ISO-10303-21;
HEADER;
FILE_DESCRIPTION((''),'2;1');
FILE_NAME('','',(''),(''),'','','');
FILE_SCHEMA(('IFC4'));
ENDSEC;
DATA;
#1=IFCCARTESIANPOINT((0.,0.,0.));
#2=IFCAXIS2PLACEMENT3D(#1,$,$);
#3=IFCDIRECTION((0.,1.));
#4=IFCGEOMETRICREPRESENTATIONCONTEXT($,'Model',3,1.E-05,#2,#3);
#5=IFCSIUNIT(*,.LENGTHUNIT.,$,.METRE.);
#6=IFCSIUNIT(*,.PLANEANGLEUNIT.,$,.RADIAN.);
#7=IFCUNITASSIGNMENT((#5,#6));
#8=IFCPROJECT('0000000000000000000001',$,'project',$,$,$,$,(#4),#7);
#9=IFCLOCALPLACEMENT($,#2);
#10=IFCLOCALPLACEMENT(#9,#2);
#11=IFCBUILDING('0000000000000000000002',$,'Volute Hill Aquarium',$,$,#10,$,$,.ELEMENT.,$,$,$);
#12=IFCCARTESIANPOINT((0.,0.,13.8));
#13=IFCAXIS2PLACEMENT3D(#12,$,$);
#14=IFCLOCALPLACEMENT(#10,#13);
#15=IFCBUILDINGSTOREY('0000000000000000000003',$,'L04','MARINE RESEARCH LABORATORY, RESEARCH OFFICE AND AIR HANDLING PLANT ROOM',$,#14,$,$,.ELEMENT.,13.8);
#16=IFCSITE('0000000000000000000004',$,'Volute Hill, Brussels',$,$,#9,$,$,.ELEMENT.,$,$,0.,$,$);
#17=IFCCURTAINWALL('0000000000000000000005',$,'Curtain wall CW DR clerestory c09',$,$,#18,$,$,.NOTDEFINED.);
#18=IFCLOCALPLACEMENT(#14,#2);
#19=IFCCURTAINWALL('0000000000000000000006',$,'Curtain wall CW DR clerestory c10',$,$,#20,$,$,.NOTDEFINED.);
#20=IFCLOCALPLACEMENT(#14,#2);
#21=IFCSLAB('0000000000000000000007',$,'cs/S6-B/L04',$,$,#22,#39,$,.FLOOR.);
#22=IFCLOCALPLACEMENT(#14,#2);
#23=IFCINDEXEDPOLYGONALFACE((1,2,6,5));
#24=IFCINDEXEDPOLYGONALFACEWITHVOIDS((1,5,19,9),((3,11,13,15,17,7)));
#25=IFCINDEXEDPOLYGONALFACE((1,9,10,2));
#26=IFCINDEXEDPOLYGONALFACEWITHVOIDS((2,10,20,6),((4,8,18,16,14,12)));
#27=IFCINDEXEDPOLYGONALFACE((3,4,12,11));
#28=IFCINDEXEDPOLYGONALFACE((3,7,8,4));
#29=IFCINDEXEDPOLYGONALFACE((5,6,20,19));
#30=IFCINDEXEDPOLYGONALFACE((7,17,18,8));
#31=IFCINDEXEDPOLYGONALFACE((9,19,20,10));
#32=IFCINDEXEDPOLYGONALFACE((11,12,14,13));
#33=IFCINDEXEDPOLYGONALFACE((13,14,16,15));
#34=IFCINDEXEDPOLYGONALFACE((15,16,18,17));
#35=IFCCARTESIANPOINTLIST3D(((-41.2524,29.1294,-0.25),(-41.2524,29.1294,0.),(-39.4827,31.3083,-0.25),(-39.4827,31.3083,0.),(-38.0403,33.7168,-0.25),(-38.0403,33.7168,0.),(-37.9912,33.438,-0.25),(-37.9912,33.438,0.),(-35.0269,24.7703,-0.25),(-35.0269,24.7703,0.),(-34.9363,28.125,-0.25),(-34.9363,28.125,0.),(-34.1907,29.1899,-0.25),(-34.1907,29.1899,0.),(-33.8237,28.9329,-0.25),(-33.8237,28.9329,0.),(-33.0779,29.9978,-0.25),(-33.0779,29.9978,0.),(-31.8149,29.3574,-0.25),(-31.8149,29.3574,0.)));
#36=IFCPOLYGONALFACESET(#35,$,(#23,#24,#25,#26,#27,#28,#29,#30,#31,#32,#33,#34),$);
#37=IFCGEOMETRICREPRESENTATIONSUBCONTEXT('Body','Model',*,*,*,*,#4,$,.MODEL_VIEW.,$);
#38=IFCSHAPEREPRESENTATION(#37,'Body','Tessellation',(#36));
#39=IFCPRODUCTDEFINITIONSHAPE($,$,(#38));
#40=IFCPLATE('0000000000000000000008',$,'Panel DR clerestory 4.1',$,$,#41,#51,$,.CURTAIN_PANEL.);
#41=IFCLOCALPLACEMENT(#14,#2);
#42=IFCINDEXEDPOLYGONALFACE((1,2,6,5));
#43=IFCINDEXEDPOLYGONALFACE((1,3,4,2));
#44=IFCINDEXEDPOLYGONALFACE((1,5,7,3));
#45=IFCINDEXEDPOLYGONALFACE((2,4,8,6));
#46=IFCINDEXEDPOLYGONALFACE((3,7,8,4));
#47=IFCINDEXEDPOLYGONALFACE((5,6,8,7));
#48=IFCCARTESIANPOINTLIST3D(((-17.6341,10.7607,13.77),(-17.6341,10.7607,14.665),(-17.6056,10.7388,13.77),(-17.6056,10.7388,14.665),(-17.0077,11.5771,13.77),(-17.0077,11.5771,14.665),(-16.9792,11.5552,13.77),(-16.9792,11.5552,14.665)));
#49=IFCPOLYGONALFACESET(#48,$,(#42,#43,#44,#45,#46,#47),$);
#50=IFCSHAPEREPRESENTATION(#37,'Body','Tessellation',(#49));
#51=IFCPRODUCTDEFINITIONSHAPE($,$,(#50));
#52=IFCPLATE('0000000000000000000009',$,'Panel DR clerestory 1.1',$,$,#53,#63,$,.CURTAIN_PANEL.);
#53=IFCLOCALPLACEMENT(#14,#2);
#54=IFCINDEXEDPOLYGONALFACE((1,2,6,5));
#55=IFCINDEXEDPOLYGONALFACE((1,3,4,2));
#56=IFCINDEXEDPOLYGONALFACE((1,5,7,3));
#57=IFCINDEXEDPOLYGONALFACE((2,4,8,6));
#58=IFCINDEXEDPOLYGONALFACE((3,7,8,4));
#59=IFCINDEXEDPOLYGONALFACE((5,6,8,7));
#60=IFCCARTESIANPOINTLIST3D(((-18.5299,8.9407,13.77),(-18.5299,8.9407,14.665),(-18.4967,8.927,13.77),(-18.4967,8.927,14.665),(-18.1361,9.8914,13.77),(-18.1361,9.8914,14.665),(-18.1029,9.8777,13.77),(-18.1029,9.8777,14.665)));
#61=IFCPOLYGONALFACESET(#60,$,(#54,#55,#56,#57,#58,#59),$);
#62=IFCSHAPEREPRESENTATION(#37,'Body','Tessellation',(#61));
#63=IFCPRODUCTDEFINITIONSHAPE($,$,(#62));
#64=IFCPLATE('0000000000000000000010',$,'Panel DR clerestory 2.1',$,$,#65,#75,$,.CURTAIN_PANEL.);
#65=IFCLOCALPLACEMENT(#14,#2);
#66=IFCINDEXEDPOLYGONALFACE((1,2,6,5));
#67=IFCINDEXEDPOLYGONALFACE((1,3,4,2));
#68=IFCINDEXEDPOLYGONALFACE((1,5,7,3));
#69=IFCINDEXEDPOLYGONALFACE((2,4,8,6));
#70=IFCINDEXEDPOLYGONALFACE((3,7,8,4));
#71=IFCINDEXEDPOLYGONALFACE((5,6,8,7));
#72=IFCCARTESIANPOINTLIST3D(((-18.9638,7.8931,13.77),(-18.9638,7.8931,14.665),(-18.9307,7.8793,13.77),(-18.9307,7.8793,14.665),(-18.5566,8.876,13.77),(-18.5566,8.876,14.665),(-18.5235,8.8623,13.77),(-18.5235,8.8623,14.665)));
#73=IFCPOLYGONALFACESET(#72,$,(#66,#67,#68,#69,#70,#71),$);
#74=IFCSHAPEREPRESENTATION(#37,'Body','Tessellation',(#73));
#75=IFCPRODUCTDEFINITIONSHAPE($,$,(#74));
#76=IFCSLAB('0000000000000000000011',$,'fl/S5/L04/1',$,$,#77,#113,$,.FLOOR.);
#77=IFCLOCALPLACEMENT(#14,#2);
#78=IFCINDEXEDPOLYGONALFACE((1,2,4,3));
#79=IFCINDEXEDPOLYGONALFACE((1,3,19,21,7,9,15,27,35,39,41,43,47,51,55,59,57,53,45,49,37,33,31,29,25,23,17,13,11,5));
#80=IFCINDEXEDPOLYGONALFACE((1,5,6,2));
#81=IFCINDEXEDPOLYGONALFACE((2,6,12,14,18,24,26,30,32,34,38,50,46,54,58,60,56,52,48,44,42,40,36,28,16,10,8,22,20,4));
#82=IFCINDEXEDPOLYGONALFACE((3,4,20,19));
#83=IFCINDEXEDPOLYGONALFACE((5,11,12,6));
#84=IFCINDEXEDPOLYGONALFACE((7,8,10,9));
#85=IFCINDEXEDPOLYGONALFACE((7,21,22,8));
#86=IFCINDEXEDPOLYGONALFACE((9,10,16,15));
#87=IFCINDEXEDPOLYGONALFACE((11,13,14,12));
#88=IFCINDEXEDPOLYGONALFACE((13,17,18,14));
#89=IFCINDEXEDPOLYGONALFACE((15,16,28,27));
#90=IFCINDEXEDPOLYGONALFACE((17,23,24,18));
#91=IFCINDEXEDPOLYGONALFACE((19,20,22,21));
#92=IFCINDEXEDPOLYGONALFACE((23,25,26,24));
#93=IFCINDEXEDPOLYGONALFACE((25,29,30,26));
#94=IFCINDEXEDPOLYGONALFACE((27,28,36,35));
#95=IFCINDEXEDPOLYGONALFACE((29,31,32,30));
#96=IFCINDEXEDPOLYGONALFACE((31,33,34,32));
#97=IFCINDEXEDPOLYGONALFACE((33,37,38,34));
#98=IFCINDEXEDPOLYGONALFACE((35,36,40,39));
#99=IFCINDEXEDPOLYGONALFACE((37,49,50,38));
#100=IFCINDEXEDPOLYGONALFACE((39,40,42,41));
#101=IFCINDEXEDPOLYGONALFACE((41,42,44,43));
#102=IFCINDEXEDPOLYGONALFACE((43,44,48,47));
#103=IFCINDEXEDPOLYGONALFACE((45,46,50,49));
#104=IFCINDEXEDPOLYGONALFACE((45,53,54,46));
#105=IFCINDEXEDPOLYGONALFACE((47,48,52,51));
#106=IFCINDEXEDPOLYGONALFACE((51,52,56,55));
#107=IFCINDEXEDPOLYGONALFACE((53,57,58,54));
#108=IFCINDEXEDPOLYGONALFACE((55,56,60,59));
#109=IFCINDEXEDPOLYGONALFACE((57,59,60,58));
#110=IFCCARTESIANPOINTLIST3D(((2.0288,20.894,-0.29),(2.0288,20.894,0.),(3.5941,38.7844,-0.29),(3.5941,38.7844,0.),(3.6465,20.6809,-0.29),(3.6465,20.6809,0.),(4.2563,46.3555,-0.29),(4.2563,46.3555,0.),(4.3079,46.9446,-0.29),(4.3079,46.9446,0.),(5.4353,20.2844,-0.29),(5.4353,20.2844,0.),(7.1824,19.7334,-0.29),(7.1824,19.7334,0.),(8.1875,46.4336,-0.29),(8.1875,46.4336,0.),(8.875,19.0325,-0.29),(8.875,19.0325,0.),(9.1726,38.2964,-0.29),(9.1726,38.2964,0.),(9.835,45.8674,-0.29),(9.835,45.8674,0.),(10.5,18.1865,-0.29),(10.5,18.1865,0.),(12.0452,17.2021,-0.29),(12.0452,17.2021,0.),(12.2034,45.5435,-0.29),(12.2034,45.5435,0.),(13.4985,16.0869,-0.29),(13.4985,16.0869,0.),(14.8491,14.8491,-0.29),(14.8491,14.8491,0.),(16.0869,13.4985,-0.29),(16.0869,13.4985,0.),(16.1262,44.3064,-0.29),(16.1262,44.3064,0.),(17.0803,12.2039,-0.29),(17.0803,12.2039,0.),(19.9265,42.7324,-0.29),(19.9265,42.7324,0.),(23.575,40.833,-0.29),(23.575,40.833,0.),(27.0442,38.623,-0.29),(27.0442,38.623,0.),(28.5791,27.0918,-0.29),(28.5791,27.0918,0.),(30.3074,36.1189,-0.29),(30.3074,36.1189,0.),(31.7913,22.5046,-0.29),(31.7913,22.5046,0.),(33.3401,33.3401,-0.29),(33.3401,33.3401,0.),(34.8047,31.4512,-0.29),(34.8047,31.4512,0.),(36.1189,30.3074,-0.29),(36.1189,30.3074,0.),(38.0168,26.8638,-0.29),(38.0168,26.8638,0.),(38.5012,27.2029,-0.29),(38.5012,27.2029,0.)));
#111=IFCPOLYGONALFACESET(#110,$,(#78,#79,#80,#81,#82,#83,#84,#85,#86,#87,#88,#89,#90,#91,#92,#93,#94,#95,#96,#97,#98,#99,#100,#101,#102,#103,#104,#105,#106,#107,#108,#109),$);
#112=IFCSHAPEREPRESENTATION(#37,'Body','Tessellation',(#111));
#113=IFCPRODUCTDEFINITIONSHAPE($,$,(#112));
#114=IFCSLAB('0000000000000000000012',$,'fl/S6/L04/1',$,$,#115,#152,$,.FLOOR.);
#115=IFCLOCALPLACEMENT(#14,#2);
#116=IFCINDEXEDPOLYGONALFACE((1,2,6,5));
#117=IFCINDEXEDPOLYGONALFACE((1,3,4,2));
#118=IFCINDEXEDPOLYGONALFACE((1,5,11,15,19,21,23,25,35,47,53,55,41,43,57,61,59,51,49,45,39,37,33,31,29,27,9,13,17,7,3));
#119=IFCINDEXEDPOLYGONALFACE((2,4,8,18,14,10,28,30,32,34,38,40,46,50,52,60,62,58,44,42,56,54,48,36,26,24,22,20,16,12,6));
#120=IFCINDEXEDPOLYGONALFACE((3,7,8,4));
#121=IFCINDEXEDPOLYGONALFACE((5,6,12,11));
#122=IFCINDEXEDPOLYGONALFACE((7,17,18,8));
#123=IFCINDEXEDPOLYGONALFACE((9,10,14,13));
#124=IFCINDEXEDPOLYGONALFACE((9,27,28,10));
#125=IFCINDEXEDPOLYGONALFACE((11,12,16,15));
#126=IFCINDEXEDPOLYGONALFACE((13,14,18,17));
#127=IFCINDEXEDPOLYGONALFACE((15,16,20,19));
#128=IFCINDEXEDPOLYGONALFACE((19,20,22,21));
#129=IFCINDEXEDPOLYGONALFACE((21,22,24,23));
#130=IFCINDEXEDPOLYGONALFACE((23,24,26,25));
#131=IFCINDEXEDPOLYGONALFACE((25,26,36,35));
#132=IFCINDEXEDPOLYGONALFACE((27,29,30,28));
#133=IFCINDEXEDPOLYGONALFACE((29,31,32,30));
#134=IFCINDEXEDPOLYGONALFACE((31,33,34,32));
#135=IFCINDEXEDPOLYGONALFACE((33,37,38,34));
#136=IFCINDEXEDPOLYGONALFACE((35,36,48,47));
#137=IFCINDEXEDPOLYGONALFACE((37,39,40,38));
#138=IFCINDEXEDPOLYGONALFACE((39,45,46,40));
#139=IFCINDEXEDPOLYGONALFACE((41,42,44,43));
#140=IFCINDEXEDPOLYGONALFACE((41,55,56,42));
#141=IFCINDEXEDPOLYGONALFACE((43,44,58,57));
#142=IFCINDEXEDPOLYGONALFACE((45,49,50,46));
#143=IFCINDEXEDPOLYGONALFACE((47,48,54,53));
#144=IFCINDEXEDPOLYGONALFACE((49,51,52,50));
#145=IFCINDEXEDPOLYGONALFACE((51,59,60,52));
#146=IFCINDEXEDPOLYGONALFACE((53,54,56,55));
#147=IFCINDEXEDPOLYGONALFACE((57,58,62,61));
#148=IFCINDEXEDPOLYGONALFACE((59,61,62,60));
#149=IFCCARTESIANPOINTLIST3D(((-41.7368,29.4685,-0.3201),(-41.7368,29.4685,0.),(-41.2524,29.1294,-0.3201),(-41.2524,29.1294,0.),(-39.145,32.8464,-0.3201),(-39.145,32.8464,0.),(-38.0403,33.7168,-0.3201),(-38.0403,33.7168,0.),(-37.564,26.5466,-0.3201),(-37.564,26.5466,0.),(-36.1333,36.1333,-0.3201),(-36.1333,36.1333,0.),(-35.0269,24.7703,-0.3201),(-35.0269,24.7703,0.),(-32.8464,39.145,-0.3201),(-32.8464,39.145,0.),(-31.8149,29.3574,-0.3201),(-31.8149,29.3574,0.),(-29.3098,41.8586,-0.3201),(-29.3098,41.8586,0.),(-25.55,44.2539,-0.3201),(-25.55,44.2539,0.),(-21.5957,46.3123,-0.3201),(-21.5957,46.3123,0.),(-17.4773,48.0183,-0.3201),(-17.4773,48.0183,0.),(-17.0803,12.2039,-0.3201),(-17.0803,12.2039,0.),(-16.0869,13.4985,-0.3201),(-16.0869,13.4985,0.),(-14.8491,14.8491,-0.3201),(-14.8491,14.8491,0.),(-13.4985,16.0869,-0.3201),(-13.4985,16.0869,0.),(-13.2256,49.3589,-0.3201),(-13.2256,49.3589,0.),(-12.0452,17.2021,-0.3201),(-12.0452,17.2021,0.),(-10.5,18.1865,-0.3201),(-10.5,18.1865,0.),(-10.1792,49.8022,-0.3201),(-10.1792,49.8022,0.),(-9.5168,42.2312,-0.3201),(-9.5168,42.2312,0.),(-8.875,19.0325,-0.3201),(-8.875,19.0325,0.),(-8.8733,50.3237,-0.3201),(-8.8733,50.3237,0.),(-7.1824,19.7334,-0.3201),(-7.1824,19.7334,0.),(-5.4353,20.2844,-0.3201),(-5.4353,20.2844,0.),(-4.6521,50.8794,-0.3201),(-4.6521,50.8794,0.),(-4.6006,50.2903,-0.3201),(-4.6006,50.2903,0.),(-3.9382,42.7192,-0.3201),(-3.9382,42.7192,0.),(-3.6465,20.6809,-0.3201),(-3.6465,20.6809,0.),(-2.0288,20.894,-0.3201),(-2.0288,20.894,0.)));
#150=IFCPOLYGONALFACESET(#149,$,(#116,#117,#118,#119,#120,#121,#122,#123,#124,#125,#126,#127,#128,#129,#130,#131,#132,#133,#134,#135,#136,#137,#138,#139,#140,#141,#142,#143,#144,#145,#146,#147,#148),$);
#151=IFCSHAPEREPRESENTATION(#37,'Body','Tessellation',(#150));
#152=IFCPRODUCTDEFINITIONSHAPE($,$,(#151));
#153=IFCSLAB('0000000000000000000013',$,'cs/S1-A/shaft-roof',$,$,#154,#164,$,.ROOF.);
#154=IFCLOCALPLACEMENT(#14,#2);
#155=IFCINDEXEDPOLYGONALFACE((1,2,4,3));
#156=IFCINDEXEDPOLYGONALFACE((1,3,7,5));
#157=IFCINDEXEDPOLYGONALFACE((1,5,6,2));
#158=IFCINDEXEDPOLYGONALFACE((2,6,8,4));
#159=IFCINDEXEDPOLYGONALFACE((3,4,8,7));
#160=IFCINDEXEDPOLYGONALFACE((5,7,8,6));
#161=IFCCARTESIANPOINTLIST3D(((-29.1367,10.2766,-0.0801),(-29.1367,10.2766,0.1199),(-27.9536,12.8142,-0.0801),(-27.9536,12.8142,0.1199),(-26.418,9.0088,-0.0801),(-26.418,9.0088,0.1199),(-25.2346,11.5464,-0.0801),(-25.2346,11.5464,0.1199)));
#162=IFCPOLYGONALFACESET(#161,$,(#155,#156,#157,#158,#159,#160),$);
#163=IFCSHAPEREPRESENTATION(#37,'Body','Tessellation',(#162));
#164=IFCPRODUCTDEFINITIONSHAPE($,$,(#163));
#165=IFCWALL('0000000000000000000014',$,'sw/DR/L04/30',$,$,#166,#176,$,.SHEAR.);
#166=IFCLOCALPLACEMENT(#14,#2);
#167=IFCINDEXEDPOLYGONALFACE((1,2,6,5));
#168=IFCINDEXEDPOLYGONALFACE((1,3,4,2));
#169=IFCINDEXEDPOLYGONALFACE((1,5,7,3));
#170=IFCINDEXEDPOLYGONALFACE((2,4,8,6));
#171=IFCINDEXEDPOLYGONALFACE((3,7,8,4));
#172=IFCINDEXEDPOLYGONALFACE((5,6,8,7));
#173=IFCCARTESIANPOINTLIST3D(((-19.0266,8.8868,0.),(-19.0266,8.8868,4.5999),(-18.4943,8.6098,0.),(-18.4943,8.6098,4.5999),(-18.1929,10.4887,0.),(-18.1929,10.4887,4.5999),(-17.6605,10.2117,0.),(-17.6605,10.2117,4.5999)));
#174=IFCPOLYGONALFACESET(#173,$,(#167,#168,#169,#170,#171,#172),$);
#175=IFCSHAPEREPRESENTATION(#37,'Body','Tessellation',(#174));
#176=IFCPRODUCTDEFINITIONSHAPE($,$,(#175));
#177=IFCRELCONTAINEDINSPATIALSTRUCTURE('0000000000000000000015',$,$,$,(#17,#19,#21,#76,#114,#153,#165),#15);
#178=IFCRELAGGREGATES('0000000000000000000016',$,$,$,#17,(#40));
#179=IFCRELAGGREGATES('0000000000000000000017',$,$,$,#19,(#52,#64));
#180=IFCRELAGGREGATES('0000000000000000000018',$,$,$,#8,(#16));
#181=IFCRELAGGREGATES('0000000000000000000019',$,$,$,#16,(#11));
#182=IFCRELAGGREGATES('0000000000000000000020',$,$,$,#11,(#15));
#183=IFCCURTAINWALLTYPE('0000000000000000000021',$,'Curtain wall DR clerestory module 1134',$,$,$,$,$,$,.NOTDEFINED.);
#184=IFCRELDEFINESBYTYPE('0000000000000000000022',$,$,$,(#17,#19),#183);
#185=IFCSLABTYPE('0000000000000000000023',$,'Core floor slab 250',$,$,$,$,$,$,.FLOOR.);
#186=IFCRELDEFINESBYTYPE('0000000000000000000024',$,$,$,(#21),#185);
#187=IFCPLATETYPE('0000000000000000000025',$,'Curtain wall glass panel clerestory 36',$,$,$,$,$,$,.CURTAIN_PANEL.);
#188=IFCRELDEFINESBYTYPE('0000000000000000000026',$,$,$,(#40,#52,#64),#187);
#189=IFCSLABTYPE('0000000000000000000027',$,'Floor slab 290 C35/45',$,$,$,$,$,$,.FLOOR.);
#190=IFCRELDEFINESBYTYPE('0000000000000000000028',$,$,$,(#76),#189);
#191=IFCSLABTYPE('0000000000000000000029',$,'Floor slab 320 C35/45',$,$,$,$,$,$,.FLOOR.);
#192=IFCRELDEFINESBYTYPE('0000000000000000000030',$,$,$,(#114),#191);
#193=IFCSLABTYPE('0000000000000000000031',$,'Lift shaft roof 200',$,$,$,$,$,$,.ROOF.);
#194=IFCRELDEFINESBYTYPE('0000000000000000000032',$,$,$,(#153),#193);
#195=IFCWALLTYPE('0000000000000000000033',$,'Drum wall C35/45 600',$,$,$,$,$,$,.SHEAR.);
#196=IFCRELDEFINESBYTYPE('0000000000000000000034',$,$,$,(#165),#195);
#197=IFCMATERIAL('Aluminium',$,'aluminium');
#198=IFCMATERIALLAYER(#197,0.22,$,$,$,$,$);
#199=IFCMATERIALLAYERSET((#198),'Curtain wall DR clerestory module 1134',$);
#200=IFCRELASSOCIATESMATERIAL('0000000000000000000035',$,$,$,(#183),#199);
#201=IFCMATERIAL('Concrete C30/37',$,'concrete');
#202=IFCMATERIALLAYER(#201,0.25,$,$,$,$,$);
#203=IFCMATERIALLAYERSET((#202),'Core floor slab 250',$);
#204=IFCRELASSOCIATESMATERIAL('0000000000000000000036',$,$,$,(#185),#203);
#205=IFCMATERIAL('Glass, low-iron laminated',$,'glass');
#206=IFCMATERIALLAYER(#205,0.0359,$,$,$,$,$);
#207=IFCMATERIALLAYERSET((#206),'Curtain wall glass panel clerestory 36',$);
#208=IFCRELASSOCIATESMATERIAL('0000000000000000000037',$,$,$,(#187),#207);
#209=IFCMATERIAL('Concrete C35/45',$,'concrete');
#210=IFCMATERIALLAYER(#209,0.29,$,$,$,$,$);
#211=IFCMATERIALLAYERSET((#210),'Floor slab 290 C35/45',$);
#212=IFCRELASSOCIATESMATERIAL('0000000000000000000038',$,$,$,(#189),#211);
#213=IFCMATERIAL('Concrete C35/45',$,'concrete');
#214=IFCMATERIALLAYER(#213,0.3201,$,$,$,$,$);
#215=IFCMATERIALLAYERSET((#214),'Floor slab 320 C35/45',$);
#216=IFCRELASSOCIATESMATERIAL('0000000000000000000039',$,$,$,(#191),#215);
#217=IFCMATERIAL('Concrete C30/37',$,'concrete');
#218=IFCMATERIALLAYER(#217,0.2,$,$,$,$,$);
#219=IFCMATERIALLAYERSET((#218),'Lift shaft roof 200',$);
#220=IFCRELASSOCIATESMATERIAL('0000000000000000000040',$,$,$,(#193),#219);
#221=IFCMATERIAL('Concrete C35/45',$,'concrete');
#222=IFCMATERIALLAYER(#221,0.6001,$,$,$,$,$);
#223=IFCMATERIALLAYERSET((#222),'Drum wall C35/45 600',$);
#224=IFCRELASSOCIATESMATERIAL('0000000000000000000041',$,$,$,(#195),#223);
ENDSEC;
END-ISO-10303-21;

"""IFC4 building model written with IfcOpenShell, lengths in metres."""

from ifc_helpers import new_model, si_unit, direction, frame, frame_2d, origin, origin_2d, place, context, subcontext, project, spatial, polyline, rectangle, outline, extrude, material, layer, layer_set, type_object, element, aggregate, save


model = new_model("IFC4")

# Units and contexts
model_context = context("Model", 3, precision=1e-05, world=origin(), true_north=direction((0.0, 1.0)))
body_context = subcontext(model_context, "Body", "Model", "MODEL_VIEW")
ifc_project = project(units=[si_unit("LENGTHUNIT", "METRE"), si_unit("PLANEANGLEUNIT", "RADIAN")], contexts=[model_context])

# Site, building, storey
site_placement = place(None, origin())
site = spatial("IfcSite", under=ifc_project, at=site_placement, Name="Volute Hill, Brussels", CompositionType="ELEMENT", RefElevation=0.0)
building_placement = place(site_placement, origin())
building = spatial("IfcBuilding", under=site, at=building_placement, Name="Volute Hill Aquarium", CompositionType="ELEMENT")
storey_placement = place(building_placement, frame((0.0, 0.0, 13.8)))
storey = spatial("IfcBuildingStorey", under=building, at=storey_placement, Name="L04", Description="MARINE RESEARCH LABORATORY, RESEARCH OFFICE AND AIR HANDLING PLANT ROOM", CompositionType="ELEMENT", Elevation=13.8)

# Curtain wall
ifc_material_1 = material(Name="Aluminium", Category="aluminium")
ifc_layer_1 = layer(ifc_material_1, 0.22)
ifc_layer_set_1 = layer_set([ifc_layer_1], Name="Curtain wall DR clerestory module 1134")
curtain_wall_type = type_object("IfcCurtainWallType", Name="Curtain wall DR clerestory module 1134", PredefinedType="NOTDEFINED", material=ifc_layer_set_1)
curtain_wall_1_placement = place(storey_placement, origin())
curtain_wall_1 = element("IfcCurtainWall", 1, at=curtain_wall_1_placement, inside=storey, type_object=curtain_wall_type, Name="Curtain wall CW DR clerestory c09", PredefinedType="NOTDEFINED")

# Curtain wall
curtain_wall_2_placement = place(storey_placement, origin())
curtain_wall_2 = element("IfcCurtainWall", 2, at=curtain_wall_2_placement, inside=storey, type_object=curtain_wall_type, Name="Curtain wall CW DR clerestory c10", PredefinedType="NOTDEFINED")

# Slab
ifc_material_2 = material(Name="Concrete C30/37", Category="concrete")
ifc_layer_2 = layer(ifc_material_2, 0.25)
ifc_layer_set_2 = layer_set([ifc_layer_2], Name="Core floor slab 250")
slab_type_1 = type_object("IfcSlabType", Name="Core floor slab 250", PredefinedType="FLOOR", material=ifc_layer_set_2)
slab_1_placement = place(storey_placement, frame((0.0, 0.0, -0.25)))
element("IfcSlab", 3, at=slab_1_placement, inside=storey, type_object=slab_type_1, Name="cs/S6-B/L04", PredefinedType="FLOOR", context=body_context, shape_type="SweptSolid", body=[
    extrude(outline(polyline([(-31.8149, 29.3574), (-38.0403, 33.7168), (-41.2524, 29.1294), (-35.0269, 24.7703), (-31.8149, 29.3574)]), holes=[polyline([(-34.9363, 28.125), (-39.4827, 31.3083), (-37.9912, 33.438), (-33.0779, 29.9978), (-33.8237, 28.9329), (-34.1907, 29.1899), (-34.9363, 28.125)])]), origin(), (0.0, 0.0, 1.0), 0.25),
])

# Plates
ifc_material_3 = material(Name="Glass, low-iron laminated", Category="glass")
ifc_layer_3 = layer(ifc_material_3, 0.0359)
ifc_layer_set_3 = layer_set([ifc_layer_3], Name="Curtain wall glass panel clerestory 36")
plate_type = type_object("IfcPlateType", Name="Curtain wall glass panel clerestory 36", PredefinedType="CURTAIN_PANEL", material=ifc_layer_set_3)
plate_1_placement = place(storey_placement, frame((-17.3066, 11.158, 13.77), z_axis=(0.0, 0.0, 1.0), x_axis=(-0.608761, -0.793354, 0.0)))
plate_1 = element("IfcPlate", 4, at=plate_1_placement, type_object=plate_type, Name="Panel DR clerestory 4.1", PredefinedType="CURTAIN_PANEL", context=body_context, shape_type="SweptSolid", body=[
    extrude(rectangle(XDim=1.0291, YDim=0.0359, at=origin_2d()), origin(), (0.0, 0.0, 1.0), 0.895),
])
aggregate(curtain_wall_1, [plate_1])
plate_2_placement = place(storey_placement, frame((-18.3164, 9.4092, 13.77), z_axis=(0.0, 0.0, 1.0), x_axis=(-0.382696, -0.923874, 0.0)))
plate_2 = element("IfcPlate", 5, at=plate_2_placement, type_object=plate_type, Name="Panel DR clerestory 1.1", PredefinedType="CURTAIN_PANEL", context=body_context, shape_type="SweptSolid", body=[
    extrude(rectangle(XDim=1.0291, YDim=0.0359, at=origin_2d()), origin(), (0.0, 0.0, 1.0), 0.895),
])
plate_3_placement = place(storey_placement, frame((-18.7437, 8.3777, 13.77), z_axis=(0.0, 0.0, 1.0), x_axis=(-0.382696, -0.923874, 0.0)))
plate_3 = element("IfcPlate", 6, at=plate_3_placement, type_object=plate_type, Name="Panel DR clerestory 2.1", PredefinedType="CURTAIN_PANEL", context=body_context, shape_type="SweptSolid", body=[
    extrude(rectangle(XDim=1.064, YDim=0.0359, at=origin_2d()), origin(), (0.0, 0.0, 1.0), 0.895),
])
aggregate(curtain_wall_2, [plate_2, plate_3])

# Slabs
ifc_material_4 = material(Name="Concrete C35/45", Category="concrete")
ifc_layer_4 = layer(ifc_material_4, 0.29)
ifc_layer_set_4 = layer_set([ifc_layer_4], Name="Floor slab 290 C35/45")
slab_type_2 = type_object("IfcSlabType", Name="Floor slab 290 C35/45", PredefinedType="FLOOR", material=ifc_layer_set_4)
slab_2_placement = place(storey_placement, frame((0.0, 0.0, -0.29)))
element("IfcSlab", 7, at=slab_2_placement, inside=storey, type_object=slab_type_2, Name="fl/S5/L04/1", PredefinedType="FLOOR", context=body_context, shape_type="SweptSolid", body=[
    extrude(outline(polyline([(8.1875, 46.4336), (12.2034, 45.5435), (16.1262, 44.3064), (19.9265, 42.7324), (23.575, 40.833), (27.0442, 38.623), (30.3074, 36.1189), (33.3401, 33.3401), (36.1189, 30.3074), (38.5012, 27.2029), (38.0168, 26.8638), (34.8047, 31.4512), (28.5791, 27.0918), (31.7913, 22.5046), (17.0803, 12.2039), (16.0869, 13.4985), (14.8491, 14.8491), (13.4985, 16.0869), (12.0452, 17.2021), (10.5, 18.1865), (8.875, 19.0325), (7.1824, 19.7334), (5.4353, 20.2844), (3.6465, 20.6809), (2.0288, 20.894), (3.9458, 42.8044), (3.594, 38.7844), (9.1726, 38.2964), (9.835, 45.8674), (4.2563, 46.3555), (4.3079, 46.9446), (8.1875, 46.4336)])), origin(), (0.0, 0.0, 1.0), 0.29),
])
ifc_material_5 = material(Name="Concrete C35/45", Category="concrete")
ifc_layer_5 = layer(ifc_material_5, 0.3201)
ifc_layer_set_5 = layer_set([ifc_layer_5], Name="Floor slab 320 C35/45")
slab_type_3 = type_object("IfcSlabType", Name="Floor slab 320 C35/45", PredefinedType="FLOOR", material=ifc_layer_set_5)
slab_3_placement = place(storey_placement, frame((0.0, 0.0, -0.3201)))
element("IfcSlab", 8, at=slab_3_placement, inside=storey, type_object=slab_type_3, Name="fl/S6/L04/1", PredefinedType="FLOOR", context=body_context, shape_type="SweptSolid", body=[
    extrude(outline(polyline([(-39.145, 32.8464), (-36.1333, 36.1333), (-32.8464, 39.145), (-29.3098, 41.8586), (-25.55, 44.2539), (-21.5957, 46.3123), (-17.4773, 48.0183), (-13.2256, 49.3589), (-8.8733, 50.3237), (-4.6521, 50.8794), (-4.6006, 50.2903), (-10.1792, 49.8022), (-9.5168, 42.2312), (-3.9382, 42.7192), (-2.0288, 20.894), (-3.6465, 20.6809), (-5.4353, 20.2844), (-7.1824, 19.7334), (-8.875, 19.0325), (-10.5, 18.1865), (-12.0452, 17.2021), (-13.4985, 16.0869), (-14.8491, 14.8491), (-16.0869, 13.4985), (-17.0803, 12.2039), (-37.564, 26.5466), (-35.0269, 24.7703), (-31.8149, 29.3574), (-38.0403, 33.7168), (-41.2524, 29.1294), (-41.7368, 29.4685), (-39.145, 32.8464)])), origin(), (0.0, 0.0, 1.0), 0.3201),
])
ifc_material_6 = material(Name="Concrete C30/37", Category="concrete")
ifc_layer_6 = layer(ifc_material_6, 0.2)
ifc_layer_set_6 = layer_set([ifc_layer_6], Name="Lift shaft roof 200")
slab_type_4 = type_object("IfcSlabType", Name="Lift shaft roof 200", PredefinedType="ROOF", material=ifc_layer_set_6)
slab_4_placement = place(storey_placement, frame((0.0, 0.0, -0.0801)))
element("IfcSlab", 9, at=slab_4_placement, inside=storey, type_object=slab_type_4, Name="cs/S1-A/shaft-roof", PredefinedType="ROOF", context=body_context, shape_type="SweptSolid", body=[
    extrude(outline(polyline([(-25.2346, 11.5464), (-27.9536, 12.8142), (-29.1367, 10.2766), (-26.418, 9.0088), (-25.2346, 11.5464)])), origin(), (0.0, 0.0, 1.0), 0.2),
])

# Wall
ifc_material_7 = material(Name="Concrete C35/45", Category="concrete")
ifc_layer_7 = layer(ifc_material_7, 0.6001)
ifc_layer_set_7 = layer_set([ifc_layer_7], Name="Drum wall C35/45 600")
wall_type_1 = type_object("IfcWallType", Name="Drum wall C35/45 600", PredefinedType="SHEAR", material=ifc_layer_set_7)
wall_1_placement = place(storey_placement, frame((-17.9268, 10.3501, 0.0), z_axis=(0.0, 0.0, 1.0), x_axis=(-0.461702, -0.887035, 0.0)))
element("IfcWall", 10, at=wall_1_placement, inside=storey, type_object=wall_type_1, Name="sw/DR/L04/30", PredefinedType="SHEAR", context=body_context, shape_type="SweptSolid", body=[
    extrude(rectangle(XDim=1.8059, YDim=0.6001, at=frame_2d((0.9028, 0.0))), origin(), (0.0, 0.0, 1.0), 4.5999),
])

save(model, "model.ifc")
